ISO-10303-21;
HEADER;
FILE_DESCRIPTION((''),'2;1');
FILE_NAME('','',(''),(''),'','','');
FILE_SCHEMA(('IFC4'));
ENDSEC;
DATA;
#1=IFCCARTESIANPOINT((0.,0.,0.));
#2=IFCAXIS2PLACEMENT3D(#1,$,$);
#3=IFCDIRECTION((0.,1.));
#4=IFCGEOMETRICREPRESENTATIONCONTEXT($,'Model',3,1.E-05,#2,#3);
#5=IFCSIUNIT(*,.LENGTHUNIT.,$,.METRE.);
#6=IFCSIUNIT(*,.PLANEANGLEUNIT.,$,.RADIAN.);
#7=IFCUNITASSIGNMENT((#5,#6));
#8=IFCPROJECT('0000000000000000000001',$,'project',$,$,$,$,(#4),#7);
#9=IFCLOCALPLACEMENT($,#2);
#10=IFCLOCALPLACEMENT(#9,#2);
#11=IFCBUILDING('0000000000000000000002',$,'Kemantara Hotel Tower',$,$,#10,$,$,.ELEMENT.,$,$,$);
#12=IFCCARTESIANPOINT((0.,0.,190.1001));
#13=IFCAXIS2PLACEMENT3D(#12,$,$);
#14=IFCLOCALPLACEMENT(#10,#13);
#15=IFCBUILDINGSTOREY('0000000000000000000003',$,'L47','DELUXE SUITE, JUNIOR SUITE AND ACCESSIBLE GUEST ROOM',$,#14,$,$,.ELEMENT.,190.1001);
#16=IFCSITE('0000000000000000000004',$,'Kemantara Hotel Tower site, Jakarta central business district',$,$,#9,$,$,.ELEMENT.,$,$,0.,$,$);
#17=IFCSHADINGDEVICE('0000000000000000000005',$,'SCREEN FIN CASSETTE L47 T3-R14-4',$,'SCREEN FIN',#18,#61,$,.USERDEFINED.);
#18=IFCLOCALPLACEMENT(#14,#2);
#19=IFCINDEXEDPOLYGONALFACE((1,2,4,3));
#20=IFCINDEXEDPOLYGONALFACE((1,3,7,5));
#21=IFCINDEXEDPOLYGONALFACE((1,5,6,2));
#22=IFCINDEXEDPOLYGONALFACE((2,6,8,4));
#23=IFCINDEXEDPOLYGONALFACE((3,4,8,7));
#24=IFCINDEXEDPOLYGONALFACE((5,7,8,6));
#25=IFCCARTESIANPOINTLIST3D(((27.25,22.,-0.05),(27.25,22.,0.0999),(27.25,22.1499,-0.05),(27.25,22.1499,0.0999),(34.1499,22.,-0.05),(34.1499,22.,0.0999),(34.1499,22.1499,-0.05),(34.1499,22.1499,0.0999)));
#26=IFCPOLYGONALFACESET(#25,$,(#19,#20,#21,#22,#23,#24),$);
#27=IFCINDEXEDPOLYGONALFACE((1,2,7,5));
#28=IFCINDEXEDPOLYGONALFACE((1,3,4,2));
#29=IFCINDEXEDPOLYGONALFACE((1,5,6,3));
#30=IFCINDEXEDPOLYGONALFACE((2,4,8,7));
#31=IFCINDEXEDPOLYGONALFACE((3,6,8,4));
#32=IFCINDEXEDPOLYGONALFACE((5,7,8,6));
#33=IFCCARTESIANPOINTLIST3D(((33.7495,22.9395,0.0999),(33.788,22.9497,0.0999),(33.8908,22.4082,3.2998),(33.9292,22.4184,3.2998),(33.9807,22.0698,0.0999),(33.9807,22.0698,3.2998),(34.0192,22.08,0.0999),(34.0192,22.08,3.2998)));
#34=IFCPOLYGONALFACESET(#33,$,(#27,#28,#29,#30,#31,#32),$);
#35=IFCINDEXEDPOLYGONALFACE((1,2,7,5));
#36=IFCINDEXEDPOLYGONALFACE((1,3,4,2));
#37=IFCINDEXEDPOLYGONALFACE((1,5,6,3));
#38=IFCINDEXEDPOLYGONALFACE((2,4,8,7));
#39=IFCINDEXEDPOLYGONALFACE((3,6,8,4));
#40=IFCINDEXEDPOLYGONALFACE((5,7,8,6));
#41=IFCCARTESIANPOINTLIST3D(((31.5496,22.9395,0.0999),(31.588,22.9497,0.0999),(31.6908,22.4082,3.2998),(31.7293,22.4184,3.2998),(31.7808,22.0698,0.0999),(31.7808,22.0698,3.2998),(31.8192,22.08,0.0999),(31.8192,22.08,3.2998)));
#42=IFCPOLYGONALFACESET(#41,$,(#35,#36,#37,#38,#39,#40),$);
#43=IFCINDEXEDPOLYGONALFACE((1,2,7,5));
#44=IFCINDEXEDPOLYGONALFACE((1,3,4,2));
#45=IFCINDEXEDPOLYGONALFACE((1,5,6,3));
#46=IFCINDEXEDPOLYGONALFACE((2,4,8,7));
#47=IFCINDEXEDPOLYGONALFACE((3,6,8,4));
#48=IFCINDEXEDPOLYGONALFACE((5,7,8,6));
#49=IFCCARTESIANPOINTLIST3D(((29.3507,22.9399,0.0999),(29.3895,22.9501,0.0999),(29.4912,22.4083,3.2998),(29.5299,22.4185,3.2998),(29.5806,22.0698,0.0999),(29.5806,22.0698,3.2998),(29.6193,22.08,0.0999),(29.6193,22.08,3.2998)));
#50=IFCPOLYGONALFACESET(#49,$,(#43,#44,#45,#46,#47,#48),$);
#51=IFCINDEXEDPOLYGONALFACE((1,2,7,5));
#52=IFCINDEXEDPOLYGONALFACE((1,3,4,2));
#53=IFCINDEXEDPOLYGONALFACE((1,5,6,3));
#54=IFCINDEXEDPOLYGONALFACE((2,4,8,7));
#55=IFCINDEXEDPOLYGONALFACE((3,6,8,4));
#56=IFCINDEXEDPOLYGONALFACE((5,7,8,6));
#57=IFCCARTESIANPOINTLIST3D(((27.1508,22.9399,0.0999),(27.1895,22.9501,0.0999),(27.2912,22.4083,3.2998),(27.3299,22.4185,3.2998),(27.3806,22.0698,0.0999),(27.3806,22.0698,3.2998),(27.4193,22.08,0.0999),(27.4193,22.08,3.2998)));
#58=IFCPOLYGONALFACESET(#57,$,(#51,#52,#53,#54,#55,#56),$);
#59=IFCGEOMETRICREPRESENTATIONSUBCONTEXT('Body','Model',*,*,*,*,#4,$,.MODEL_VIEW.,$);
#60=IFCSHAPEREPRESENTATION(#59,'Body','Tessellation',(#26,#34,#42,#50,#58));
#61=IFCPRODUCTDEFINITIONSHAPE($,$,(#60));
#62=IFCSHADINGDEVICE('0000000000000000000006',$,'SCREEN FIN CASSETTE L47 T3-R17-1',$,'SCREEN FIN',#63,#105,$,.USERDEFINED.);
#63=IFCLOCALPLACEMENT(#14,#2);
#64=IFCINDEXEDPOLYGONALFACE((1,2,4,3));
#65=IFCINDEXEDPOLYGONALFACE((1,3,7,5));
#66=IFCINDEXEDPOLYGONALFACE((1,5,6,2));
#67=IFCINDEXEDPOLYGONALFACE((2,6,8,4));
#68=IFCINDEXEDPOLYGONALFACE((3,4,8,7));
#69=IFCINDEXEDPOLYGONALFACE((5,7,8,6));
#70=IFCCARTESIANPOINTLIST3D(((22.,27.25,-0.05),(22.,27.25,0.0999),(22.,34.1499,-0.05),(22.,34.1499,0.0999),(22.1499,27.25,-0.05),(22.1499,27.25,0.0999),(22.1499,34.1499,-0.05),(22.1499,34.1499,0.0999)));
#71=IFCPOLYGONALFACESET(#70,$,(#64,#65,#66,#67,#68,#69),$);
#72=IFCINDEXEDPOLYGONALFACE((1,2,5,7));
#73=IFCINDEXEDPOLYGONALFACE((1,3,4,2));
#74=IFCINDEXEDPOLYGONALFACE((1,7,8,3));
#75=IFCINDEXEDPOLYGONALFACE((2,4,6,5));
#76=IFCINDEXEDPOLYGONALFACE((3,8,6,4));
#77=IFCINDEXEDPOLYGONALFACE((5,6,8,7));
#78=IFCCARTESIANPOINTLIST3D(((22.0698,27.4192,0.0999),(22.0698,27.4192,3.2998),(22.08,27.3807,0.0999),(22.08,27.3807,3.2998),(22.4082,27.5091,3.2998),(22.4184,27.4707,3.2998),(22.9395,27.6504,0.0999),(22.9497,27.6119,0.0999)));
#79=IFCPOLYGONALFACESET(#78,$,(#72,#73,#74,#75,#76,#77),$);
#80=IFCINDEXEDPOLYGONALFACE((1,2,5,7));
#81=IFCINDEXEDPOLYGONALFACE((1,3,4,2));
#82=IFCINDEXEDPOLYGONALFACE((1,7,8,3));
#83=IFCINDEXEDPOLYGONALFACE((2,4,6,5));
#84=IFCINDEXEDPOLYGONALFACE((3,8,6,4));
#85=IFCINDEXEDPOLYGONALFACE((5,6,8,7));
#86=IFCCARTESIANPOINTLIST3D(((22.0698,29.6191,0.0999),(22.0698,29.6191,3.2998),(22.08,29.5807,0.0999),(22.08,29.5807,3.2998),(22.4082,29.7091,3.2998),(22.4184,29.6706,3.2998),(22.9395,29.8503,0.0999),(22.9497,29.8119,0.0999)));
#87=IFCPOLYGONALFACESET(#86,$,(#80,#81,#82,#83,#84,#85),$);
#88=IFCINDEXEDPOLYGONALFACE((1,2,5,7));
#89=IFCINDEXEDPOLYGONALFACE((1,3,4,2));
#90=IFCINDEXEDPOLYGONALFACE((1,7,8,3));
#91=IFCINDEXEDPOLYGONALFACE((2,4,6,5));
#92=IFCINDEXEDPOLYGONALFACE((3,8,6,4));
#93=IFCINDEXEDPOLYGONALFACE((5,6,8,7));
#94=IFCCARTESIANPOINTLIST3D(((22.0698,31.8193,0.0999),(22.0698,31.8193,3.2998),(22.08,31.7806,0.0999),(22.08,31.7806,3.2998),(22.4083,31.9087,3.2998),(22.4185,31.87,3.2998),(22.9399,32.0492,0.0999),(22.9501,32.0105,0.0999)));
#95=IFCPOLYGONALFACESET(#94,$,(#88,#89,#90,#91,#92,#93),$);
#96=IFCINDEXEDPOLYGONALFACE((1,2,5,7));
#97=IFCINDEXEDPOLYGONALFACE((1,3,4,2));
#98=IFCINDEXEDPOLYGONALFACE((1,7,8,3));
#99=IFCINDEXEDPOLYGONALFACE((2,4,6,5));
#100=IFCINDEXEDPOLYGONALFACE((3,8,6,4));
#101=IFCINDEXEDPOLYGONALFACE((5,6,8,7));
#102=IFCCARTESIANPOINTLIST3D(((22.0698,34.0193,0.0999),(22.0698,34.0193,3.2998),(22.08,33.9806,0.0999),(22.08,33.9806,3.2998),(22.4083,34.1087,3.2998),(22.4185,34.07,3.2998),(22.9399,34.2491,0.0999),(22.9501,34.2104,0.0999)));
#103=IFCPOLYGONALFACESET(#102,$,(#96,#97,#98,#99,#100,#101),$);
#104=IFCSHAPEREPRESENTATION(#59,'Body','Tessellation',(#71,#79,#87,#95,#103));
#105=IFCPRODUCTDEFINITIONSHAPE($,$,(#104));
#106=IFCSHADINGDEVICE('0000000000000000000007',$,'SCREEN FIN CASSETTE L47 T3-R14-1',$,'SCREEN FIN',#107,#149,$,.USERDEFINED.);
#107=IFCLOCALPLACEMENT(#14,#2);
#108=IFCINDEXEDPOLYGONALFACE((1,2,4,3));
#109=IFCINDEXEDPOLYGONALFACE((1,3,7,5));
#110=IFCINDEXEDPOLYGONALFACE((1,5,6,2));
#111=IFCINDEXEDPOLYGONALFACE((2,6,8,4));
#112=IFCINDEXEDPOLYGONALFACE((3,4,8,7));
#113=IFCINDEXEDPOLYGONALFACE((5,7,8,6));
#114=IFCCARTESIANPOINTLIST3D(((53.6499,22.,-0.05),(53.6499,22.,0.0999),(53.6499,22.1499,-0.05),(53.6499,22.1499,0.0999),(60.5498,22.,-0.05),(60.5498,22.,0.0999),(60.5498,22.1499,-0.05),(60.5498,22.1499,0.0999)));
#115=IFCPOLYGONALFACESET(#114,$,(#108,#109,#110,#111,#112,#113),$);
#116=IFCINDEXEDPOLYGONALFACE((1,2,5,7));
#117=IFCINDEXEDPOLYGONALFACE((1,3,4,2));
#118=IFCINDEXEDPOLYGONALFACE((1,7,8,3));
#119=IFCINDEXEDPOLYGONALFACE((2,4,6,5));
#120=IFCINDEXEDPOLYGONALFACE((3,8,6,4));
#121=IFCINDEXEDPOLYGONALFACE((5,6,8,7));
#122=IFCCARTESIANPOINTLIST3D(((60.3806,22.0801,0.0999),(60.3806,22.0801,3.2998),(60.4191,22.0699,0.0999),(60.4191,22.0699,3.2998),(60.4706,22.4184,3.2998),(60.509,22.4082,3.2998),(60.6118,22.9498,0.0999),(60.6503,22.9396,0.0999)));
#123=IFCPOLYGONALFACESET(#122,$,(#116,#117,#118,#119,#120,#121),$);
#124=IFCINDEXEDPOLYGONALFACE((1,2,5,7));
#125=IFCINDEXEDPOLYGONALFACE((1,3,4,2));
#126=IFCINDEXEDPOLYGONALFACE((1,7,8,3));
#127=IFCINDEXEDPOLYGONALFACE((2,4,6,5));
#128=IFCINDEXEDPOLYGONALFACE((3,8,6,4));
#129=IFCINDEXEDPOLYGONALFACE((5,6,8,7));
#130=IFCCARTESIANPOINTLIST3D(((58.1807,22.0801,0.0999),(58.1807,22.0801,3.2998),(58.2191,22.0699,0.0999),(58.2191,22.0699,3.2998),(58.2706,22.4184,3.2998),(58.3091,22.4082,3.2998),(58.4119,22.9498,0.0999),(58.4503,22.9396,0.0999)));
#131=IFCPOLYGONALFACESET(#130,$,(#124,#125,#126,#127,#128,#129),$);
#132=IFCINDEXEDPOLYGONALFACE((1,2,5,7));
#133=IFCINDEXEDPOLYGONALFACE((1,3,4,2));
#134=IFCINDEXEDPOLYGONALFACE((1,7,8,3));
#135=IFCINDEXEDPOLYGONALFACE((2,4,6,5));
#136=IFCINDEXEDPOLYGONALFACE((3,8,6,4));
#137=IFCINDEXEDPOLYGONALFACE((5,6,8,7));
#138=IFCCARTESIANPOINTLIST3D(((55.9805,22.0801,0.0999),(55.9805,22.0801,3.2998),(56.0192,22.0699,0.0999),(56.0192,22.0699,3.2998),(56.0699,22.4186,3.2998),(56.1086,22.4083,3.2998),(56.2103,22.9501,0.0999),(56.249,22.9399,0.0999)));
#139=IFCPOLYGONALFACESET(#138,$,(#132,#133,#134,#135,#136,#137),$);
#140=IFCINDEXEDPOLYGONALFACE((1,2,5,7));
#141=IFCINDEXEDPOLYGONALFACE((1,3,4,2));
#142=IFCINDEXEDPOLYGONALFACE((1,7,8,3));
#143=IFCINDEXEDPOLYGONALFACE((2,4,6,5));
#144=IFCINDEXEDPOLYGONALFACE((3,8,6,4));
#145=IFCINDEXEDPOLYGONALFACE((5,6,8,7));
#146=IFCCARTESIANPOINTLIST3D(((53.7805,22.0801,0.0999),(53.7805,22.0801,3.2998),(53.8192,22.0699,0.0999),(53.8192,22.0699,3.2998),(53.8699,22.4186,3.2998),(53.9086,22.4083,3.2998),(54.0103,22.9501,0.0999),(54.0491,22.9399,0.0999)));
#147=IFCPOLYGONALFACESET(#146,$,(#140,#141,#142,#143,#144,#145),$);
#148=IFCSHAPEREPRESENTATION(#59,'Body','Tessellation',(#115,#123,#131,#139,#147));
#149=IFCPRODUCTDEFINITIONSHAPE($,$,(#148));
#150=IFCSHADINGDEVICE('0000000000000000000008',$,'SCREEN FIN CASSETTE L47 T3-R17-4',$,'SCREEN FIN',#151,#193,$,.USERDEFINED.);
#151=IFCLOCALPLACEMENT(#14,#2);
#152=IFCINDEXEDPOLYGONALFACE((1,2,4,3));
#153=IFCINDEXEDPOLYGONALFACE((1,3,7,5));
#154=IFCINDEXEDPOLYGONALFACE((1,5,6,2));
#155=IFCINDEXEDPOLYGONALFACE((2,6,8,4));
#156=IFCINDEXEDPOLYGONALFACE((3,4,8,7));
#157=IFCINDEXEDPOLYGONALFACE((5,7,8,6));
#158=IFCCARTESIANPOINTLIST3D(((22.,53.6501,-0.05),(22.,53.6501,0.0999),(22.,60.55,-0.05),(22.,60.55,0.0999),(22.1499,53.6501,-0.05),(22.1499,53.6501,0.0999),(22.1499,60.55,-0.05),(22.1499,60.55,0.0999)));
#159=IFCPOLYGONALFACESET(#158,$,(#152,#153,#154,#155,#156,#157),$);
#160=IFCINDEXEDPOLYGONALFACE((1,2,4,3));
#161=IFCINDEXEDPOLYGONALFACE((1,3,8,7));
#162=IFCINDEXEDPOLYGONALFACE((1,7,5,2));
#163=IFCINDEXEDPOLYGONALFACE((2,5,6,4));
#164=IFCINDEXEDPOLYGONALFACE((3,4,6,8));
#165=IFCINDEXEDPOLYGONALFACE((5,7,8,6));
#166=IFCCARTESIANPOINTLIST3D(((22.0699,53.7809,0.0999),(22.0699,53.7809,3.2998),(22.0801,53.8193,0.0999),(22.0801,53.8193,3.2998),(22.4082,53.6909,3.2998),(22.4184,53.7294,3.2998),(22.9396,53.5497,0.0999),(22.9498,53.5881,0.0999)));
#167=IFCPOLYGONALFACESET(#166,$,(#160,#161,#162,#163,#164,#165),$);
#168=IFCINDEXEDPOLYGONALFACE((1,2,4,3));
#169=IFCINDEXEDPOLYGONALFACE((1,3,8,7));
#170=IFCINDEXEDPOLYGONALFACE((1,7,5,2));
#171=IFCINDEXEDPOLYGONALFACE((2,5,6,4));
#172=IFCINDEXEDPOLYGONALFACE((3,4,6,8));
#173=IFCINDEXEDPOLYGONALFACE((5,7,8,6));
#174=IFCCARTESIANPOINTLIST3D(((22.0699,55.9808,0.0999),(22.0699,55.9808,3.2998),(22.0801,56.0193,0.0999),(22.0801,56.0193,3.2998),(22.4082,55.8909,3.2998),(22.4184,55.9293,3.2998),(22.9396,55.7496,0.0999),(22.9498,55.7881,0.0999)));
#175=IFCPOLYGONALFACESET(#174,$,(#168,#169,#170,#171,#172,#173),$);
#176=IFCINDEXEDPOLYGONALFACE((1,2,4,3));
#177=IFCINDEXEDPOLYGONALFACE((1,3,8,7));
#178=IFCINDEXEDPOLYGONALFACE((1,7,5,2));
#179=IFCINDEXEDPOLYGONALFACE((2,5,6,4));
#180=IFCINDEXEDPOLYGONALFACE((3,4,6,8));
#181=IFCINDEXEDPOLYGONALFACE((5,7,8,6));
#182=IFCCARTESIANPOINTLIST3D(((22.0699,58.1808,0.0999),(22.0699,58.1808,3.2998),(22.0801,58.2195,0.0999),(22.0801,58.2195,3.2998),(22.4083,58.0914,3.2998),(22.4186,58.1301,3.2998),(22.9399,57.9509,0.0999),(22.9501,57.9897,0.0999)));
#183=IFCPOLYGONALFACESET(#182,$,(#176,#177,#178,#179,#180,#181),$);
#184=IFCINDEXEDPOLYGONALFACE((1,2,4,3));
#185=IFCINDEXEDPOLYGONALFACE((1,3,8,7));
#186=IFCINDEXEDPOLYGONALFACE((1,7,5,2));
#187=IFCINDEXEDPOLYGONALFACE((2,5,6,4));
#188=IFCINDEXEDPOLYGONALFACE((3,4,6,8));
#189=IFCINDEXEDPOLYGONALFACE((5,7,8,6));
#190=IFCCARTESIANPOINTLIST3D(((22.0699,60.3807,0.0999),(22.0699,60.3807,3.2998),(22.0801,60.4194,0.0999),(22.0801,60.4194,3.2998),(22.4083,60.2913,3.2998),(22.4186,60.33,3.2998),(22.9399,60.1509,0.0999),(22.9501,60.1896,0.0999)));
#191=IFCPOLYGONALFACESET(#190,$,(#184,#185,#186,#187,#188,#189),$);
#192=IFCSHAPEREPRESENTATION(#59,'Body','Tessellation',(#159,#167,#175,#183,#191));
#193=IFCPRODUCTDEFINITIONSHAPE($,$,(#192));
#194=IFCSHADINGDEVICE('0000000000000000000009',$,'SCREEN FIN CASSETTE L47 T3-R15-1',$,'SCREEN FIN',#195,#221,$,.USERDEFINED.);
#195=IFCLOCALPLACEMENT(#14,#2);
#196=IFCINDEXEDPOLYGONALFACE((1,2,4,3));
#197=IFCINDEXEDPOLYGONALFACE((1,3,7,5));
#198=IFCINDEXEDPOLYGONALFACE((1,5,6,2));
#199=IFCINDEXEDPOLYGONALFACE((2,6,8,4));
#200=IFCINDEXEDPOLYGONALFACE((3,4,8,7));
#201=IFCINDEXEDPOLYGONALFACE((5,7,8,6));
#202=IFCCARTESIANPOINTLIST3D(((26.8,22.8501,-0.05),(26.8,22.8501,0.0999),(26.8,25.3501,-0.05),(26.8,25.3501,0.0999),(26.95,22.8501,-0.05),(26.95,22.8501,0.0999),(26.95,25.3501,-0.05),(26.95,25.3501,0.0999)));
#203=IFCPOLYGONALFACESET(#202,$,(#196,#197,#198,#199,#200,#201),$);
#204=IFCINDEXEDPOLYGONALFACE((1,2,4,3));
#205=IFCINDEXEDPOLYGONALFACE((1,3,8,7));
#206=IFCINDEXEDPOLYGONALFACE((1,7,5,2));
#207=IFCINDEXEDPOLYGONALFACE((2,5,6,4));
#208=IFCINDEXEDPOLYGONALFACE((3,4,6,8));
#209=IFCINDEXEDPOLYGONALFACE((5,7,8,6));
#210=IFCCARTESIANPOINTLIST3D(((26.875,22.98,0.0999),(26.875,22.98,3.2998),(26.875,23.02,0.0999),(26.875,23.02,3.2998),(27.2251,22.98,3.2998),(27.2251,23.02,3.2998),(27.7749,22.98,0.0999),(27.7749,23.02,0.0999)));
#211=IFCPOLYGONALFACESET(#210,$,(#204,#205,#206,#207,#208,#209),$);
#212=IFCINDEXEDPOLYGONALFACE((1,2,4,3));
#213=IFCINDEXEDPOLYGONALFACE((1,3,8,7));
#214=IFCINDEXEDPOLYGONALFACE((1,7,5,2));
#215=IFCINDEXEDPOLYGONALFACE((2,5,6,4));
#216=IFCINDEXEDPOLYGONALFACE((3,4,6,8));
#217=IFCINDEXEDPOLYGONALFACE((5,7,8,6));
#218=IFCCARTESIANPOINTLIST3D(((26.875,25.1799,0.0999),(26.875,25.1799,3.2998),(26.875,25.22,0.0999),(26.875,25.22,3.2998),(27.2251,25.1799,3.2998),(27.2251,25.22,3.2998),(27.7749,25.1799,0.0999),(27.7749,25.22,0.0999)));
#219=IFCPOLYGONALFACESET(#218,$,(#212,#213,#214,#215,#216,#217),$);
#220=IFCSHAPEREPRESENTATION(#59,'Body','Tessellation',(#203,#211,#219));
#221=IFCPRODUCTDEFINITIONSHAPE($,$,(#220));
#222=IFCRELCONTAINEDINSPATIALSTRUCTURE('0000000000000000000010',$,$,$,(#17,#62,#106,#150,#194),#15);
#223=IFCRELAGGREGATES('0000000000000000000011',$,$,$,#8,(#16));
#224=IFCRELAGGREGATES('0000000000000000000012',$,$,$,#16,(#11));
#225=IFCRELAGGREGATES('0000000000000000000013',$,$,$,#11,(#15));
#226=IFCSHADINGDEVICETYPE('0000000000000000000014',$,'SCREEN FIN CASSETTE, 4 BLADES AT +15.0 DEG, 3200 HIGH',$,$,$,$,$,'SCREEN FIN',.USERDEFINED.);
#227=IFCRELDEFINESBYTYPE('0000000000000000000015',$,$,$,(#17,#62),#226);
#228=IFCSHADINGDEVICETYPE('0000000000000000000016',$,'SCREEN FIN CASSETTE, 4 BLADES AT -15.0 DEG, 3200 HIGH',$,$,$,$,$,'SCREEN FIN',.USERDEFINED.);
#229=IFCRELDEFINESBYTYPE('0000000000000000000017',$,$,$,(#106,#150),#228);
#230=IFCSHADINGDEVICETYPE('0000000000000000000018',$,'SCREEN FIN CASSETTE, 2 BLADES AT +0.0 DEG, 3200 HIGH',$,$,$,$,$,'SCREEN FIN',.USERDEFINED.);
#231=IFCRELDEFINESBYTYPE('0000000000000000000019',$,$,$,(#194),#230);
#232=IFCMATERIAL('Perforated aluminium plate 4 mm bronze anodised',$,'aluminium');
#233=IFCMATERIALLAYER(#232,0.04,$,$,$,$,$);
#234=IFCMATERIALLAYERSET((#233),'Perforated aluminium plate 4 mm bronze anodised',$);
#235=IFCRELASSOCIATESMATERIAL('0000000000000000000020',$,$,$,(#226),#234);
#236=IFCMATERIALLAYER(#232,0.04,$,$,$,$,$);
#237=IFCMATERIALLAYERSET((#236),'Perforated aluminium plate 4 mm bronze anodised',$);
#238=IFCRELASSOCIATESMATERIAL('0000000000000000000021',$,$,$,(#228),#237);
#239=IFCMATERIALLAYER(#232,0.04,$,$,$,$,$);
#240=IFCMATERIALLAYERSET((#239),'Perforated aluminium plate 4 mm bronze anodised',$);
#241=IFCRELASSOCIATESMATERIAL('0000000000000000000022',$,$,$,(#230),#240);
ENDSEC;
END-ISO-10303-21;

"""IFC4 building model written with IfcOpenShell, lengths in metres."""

from ifc_helpers import new_model, si_unit, direction, frame, origin, origin_2d, place, context, subcontext, project, spatial, polyline, rectangle, outline, extrude, source, transform, mapped, material, layer, layer_set, type_object, element, save


model = new_model("IFC4")

# Units and contexts
model_context = context("Model", 3, precision=1e-05, world=origin(), true_north=direction((0.0, 1.0)))
body_context = subcontext(model_context, "Body", "Model", "MODEL_VIEW")
ifc_project = project(units=[si_unit("LENGTHUNIT", "METRE"), si_unit("PLANEANGLEUNIT", "RADIAN")], contexts=[model_context])

# Site, building, storey
site_placement = place(None, origin())
site = spatial("IfcSite", under=ifc_project, at=site_placement, Name="Kemantara Hotel Tower site, Jakarta central business district", CompositionType="ELEMENT", RefElevation=0.0)
building_placement = place(site_placement, origin())
building = spatial("IfcBuilding", under=site, at=building_placement, Name="Kemantara Hotel Tower", CompositionType="ELEMENT")
storey_placement = place(building_placement, frame((0.0, 0.0, 190.1001)))
storey = spatial("IfcBuildingStorey", under=building, at=storey_placement, Name="L47", Description="DELUXE SUITE, JUNIOR SUITE AND ACCESSIBLE GUEST ROOM", CompositionType="ELEMENT", Elevation=190.1001)

# Shading devices
ifc_material_1 = material(Name="Perforated aluminium plate 4 mm bronze anodised", Category="aluminium")
ifc_layer_1 = layer(ifc_material_1, 0.04)
ifc_layer_set_1 = layer_set([ifc_layer_1], Name="Perforated aluminium plate 4 mm bronze anodised")
shading_device_type_1 = type_object("IfcShadingDeviceType", Name="SCREEN FIN CASSETTE, 4 BLADES AT +15.0 DEG, 3200 HIGH", ElementType="SCREEN FIN", PredefinedType="USERDEFINED", material=ifc_layer_set_1)
shared_shape_1 = source(origin(), body_context, "Body", "SweptSolid", [
    extrude(rectangle(XDim=6.8999, YDim=0.1499, at=origin_2d()), frame((3.3, -0.075, -0.1499), z_axis=(0.0, 0.0, 1.0), x_axis=(1.0, 0.0, 0.0)), (0.0, 0.0, 1.0), 0.1499),
    extrude(outline(polyline([(0.0, 0.0), (0.8999, 0.0), (0.3501, 3.2), (0.0, 3.2), (0.0, 0.0)])), frame((0.0193, -0.0698, 0.0), z_axis=(-0.966438, -0.256901, 0.0), x_axis=(0.256901, -0.966438, 0.0)), (0.0, 0.0, 1.0), 0.0398),
    extrude(outline(polyline([(0.0, 0.0), (0.8999, 0.0), (0.3501, 3.2), (0.0, 3.2), (0.0, 0.0)])), frame((2.2192, -0.0698, 0.0), z_axis=(-0.966438, -0.256901, 0.0), x_axis=(0.256901, -0.966438, 0.0)), (0.0, 0.0, 1.0), 0.0398),
    extrude(outline(polyline([(0.0, 0.0), (0.8999, 0.0), (0.3501, 3.2), (0.0, 3.2), (0.0, 0.0)])), frame((4.4194, -0.0698, 0.0), z_axis=(-0.966838, -0.255391, 0.0), x_axis=(0.255391, -0.966838, 0.0)), (0.0, 0.0, 1.0), 0.04),
    extrude(outline(polyline([(0.0, 0.0), (0.8999, 0.0), (0.3501, 3.2), (0.0, 3.2), (0.0, 0.0)])), frame((6.6194, -0.0698, 0.0), z_axis=(-0.966838, -0.255391, 0.0), x_axis=(0.255391, -0.966838, 0.0)), (0.0, 0.0, 1.0), 0.04),
])
for number, where, z_axis, x_axis, name in (
    (1, (34.0, 22.0, 0.0999), (0.0, 0.0, 1.0), (-1.0, 0.0, 0.0), "SCREEN FIN CASSETTE L47 T3-R14-4"),
    (2, (22.0, 27.3999, 0.0999), (0.0, 0.0, 1.0), (0.0, 1.0, 0.0), "SCREEN FIN CASSETTE L47 T3-R17-1"),
):
    element("IfcShadingDevice", number, at=place(storey_placement, frame(where, z_axis=z_axis, x_axis=x_axis)), inside=storey, type_object=shading_device_type_1, Name=name, ObjectType="SCREEN FIN", PredefinedType="USERDEFINED", context=body_context, shape_type="MappedRepresentation", body=[
        mapped(shared_shape_1, transform((0.0, 0.0, 0.0))),
    ])
ifc_layer_2 = layer(ifc_material_1, 0.04)
ifc_layer_set_2 = layer_set([ifc_layer_2], Name="Perforated aluminium plate 4 mm bronze anodised")
shading_device_type_2 = type_object("IfcShadingDeviceType", Name="SCREEN FIN CASSETTE, 4 BLADES AT -15.0 DEG, 3200 HIGH", ElementType="SCREEN FIN", PredefinedType="USERDEFINED", material=ifc_layer_set_2)
shared_shape_2 = source(origin(), body_context, "Body", "SweptSolid", [
    extrude(rectangle(XDim=6.8999, YDim=0.1499, at=origin_2d()), frame((3.3, -0.075, -0.1499), z_axis=(0.0, 0.0, 1.0), x_axis=(1.0, 0.0, 0.0)), (0.0, 0.0, 1.0), 0.1499),
    extrude(outline(polyline([(0.0, 0.0), (0.8999, 0.0), (0.3501, 3.2), (0.0, 3.2), (0.0, 0.0)])), frame((0.0193, -0.0801, 0.0), z_axis=(-0.966438, 0.256901, 0.0), x_axis=(-0.256901, -0.966438, 0.0)), (0.0, 0.0, 1.0), 0.0398),
    extrude(outline(polyline([(0.0, 0.0), (0.8999, 0.0), (0.3501, 3.2), (0.0, 3.2), (0.0, 0.0)])), frame((2.2192, -0.0801, 0.0), z_axis=(-0.966438, 0.256901, 0.0), x_axis=(-0.256901, -0.966438, 0.0)), (0.0, 0.0, 1.0), 0.0398),
    extrude(outline(polyline([(0.0, 0.0), (0.8999, 0.0), (0.3501, 3.2), (0.0, 3.2), (0.0, 0.0)])), frame((4.4194, -0.0801, 0.0), z_axis=(-0.966838, 0.255391, 0.0), x_axis=(-0.255391, -0.966838, 0.0)), (0.0, 0.0, 1.0), 0.04),
    extrude(outline(polyline([(0.0, 0.0), (0.8999, 0.0), (0.3501, 3.2), (0.0, 3.2), (0.0, 0.0)])), frame((6.6194, -0.0801, 0.0), z_axis=(-0.966838, 0.255391, 0.0), x_axis=(-0.255391, -0.966838, 0.0)), (0.0, 0.0, 1.0), 0.04),
])
for number, where, z_axis, x_axis, name in (
    (3, (60.3999, 22.0, 0.0999), (0.0, 0.0, 1.0), (-1.0, 0.0, 0.0), "SCREEN FIN CASSETTE L47 T3-R14-1"),
    (4, (22.0, 53.8, 0.0999), (0.0, 0.0, 1.0), (0.0, 1.0, 0.0), "SCREEN FIN CASSETTE L47 T3-R17-4"),
):
    element("IfcShadingDevice", number, at=place(storey_placement, frame(where, z_axis=z_axis, x_axis=x_axis)), inside=storey, type_object=shading_device_type_2, Name=name, ObjectType="SCREEN FIN", PredefinedType="USERDEFINED", context=body_context, shape_type="MappedRepresentation", body=[
        mapped(shared_shape_2, transform((0.0, 0.0, 0.0))),
    ])
ifc_layer_3 = layer(ifc_material_1, 0.04)
ifc_layer_set_3 = layer_set([ifc_layer_3], Name="Perforated aluminium plate 4 mm bronze anodised")
shading_device_type_3 = type_object("IfcShadingDeviceType", Name="SCREEN FIN CASSETTE, 2 BLADES AT +0.0 DEG, 3200 HIGH", ElementType="SCREEN FIN", PredefinedType="USERDEFINED", material=ifc_layer_set_3)
shared_shape_3 = source(origin(), body_context, "Body", "SweptSolid", [
    extrude(rectangle(XDim=2.5, YDim=0.1499, at=origin_2d()), frame((1.1001, -0.075, -0.1499), z_axis=(0.0, 0.0, 1.0), x_axis=(1.0, 0.0, 0.0)), (0.0, 0.0, 1.0), 0.1499),
    extrude(outline(polyline([(0.0, 0.0), (0.8999, 0.0), (0.3501, 3.2), (0.0, 3.2), (0.0, 0.0)])), frame((0.02, -0.075, 0.0), z_axis=(-1.0, 0.0, 0.0), x_axis=(0.0, -1.0, 0.0)), (0.0, 0.0, 1.0), 0.04),
    extrude(outline(polyline([(0.0, 0.0), (0.8999, 0.0), (0.3501, 3.2), (0.0, 3.2), (0.0, 0.0)])), frame((2.22, -0.075, 0.0), z_axis=(-1.0, 0.0, 0.0), x_axis=(0.0, -1.0, 0.0)), (0.0, 0.0, 1.0), 0.04),
])
for number, where, z_axis, x_axis, name in (
    (5, (26.8, 23.0, 0.0999), (0.0, 0.0, 1.0), (0.0, 1.0, 0.0), "SCREEN FIN CASSETTE L47 T3-R15-1"),
):
    element("IfcShadingDevice", number, at=place(storey_placement, frame(where, z_axis=z_axis, x_axis=x_axis)), inside=storey, type_object=shading_device_type_3, Name=name, ObjectType="SCREEN FIN", PredefinedType="USERDEFINED", context=body_context, shape_type="MappedRepresentation", body=[
        mapped(shared_shape_3, transform((0.0, 0.0, 0.0))),
    ])

save(model, "model.ifc")
